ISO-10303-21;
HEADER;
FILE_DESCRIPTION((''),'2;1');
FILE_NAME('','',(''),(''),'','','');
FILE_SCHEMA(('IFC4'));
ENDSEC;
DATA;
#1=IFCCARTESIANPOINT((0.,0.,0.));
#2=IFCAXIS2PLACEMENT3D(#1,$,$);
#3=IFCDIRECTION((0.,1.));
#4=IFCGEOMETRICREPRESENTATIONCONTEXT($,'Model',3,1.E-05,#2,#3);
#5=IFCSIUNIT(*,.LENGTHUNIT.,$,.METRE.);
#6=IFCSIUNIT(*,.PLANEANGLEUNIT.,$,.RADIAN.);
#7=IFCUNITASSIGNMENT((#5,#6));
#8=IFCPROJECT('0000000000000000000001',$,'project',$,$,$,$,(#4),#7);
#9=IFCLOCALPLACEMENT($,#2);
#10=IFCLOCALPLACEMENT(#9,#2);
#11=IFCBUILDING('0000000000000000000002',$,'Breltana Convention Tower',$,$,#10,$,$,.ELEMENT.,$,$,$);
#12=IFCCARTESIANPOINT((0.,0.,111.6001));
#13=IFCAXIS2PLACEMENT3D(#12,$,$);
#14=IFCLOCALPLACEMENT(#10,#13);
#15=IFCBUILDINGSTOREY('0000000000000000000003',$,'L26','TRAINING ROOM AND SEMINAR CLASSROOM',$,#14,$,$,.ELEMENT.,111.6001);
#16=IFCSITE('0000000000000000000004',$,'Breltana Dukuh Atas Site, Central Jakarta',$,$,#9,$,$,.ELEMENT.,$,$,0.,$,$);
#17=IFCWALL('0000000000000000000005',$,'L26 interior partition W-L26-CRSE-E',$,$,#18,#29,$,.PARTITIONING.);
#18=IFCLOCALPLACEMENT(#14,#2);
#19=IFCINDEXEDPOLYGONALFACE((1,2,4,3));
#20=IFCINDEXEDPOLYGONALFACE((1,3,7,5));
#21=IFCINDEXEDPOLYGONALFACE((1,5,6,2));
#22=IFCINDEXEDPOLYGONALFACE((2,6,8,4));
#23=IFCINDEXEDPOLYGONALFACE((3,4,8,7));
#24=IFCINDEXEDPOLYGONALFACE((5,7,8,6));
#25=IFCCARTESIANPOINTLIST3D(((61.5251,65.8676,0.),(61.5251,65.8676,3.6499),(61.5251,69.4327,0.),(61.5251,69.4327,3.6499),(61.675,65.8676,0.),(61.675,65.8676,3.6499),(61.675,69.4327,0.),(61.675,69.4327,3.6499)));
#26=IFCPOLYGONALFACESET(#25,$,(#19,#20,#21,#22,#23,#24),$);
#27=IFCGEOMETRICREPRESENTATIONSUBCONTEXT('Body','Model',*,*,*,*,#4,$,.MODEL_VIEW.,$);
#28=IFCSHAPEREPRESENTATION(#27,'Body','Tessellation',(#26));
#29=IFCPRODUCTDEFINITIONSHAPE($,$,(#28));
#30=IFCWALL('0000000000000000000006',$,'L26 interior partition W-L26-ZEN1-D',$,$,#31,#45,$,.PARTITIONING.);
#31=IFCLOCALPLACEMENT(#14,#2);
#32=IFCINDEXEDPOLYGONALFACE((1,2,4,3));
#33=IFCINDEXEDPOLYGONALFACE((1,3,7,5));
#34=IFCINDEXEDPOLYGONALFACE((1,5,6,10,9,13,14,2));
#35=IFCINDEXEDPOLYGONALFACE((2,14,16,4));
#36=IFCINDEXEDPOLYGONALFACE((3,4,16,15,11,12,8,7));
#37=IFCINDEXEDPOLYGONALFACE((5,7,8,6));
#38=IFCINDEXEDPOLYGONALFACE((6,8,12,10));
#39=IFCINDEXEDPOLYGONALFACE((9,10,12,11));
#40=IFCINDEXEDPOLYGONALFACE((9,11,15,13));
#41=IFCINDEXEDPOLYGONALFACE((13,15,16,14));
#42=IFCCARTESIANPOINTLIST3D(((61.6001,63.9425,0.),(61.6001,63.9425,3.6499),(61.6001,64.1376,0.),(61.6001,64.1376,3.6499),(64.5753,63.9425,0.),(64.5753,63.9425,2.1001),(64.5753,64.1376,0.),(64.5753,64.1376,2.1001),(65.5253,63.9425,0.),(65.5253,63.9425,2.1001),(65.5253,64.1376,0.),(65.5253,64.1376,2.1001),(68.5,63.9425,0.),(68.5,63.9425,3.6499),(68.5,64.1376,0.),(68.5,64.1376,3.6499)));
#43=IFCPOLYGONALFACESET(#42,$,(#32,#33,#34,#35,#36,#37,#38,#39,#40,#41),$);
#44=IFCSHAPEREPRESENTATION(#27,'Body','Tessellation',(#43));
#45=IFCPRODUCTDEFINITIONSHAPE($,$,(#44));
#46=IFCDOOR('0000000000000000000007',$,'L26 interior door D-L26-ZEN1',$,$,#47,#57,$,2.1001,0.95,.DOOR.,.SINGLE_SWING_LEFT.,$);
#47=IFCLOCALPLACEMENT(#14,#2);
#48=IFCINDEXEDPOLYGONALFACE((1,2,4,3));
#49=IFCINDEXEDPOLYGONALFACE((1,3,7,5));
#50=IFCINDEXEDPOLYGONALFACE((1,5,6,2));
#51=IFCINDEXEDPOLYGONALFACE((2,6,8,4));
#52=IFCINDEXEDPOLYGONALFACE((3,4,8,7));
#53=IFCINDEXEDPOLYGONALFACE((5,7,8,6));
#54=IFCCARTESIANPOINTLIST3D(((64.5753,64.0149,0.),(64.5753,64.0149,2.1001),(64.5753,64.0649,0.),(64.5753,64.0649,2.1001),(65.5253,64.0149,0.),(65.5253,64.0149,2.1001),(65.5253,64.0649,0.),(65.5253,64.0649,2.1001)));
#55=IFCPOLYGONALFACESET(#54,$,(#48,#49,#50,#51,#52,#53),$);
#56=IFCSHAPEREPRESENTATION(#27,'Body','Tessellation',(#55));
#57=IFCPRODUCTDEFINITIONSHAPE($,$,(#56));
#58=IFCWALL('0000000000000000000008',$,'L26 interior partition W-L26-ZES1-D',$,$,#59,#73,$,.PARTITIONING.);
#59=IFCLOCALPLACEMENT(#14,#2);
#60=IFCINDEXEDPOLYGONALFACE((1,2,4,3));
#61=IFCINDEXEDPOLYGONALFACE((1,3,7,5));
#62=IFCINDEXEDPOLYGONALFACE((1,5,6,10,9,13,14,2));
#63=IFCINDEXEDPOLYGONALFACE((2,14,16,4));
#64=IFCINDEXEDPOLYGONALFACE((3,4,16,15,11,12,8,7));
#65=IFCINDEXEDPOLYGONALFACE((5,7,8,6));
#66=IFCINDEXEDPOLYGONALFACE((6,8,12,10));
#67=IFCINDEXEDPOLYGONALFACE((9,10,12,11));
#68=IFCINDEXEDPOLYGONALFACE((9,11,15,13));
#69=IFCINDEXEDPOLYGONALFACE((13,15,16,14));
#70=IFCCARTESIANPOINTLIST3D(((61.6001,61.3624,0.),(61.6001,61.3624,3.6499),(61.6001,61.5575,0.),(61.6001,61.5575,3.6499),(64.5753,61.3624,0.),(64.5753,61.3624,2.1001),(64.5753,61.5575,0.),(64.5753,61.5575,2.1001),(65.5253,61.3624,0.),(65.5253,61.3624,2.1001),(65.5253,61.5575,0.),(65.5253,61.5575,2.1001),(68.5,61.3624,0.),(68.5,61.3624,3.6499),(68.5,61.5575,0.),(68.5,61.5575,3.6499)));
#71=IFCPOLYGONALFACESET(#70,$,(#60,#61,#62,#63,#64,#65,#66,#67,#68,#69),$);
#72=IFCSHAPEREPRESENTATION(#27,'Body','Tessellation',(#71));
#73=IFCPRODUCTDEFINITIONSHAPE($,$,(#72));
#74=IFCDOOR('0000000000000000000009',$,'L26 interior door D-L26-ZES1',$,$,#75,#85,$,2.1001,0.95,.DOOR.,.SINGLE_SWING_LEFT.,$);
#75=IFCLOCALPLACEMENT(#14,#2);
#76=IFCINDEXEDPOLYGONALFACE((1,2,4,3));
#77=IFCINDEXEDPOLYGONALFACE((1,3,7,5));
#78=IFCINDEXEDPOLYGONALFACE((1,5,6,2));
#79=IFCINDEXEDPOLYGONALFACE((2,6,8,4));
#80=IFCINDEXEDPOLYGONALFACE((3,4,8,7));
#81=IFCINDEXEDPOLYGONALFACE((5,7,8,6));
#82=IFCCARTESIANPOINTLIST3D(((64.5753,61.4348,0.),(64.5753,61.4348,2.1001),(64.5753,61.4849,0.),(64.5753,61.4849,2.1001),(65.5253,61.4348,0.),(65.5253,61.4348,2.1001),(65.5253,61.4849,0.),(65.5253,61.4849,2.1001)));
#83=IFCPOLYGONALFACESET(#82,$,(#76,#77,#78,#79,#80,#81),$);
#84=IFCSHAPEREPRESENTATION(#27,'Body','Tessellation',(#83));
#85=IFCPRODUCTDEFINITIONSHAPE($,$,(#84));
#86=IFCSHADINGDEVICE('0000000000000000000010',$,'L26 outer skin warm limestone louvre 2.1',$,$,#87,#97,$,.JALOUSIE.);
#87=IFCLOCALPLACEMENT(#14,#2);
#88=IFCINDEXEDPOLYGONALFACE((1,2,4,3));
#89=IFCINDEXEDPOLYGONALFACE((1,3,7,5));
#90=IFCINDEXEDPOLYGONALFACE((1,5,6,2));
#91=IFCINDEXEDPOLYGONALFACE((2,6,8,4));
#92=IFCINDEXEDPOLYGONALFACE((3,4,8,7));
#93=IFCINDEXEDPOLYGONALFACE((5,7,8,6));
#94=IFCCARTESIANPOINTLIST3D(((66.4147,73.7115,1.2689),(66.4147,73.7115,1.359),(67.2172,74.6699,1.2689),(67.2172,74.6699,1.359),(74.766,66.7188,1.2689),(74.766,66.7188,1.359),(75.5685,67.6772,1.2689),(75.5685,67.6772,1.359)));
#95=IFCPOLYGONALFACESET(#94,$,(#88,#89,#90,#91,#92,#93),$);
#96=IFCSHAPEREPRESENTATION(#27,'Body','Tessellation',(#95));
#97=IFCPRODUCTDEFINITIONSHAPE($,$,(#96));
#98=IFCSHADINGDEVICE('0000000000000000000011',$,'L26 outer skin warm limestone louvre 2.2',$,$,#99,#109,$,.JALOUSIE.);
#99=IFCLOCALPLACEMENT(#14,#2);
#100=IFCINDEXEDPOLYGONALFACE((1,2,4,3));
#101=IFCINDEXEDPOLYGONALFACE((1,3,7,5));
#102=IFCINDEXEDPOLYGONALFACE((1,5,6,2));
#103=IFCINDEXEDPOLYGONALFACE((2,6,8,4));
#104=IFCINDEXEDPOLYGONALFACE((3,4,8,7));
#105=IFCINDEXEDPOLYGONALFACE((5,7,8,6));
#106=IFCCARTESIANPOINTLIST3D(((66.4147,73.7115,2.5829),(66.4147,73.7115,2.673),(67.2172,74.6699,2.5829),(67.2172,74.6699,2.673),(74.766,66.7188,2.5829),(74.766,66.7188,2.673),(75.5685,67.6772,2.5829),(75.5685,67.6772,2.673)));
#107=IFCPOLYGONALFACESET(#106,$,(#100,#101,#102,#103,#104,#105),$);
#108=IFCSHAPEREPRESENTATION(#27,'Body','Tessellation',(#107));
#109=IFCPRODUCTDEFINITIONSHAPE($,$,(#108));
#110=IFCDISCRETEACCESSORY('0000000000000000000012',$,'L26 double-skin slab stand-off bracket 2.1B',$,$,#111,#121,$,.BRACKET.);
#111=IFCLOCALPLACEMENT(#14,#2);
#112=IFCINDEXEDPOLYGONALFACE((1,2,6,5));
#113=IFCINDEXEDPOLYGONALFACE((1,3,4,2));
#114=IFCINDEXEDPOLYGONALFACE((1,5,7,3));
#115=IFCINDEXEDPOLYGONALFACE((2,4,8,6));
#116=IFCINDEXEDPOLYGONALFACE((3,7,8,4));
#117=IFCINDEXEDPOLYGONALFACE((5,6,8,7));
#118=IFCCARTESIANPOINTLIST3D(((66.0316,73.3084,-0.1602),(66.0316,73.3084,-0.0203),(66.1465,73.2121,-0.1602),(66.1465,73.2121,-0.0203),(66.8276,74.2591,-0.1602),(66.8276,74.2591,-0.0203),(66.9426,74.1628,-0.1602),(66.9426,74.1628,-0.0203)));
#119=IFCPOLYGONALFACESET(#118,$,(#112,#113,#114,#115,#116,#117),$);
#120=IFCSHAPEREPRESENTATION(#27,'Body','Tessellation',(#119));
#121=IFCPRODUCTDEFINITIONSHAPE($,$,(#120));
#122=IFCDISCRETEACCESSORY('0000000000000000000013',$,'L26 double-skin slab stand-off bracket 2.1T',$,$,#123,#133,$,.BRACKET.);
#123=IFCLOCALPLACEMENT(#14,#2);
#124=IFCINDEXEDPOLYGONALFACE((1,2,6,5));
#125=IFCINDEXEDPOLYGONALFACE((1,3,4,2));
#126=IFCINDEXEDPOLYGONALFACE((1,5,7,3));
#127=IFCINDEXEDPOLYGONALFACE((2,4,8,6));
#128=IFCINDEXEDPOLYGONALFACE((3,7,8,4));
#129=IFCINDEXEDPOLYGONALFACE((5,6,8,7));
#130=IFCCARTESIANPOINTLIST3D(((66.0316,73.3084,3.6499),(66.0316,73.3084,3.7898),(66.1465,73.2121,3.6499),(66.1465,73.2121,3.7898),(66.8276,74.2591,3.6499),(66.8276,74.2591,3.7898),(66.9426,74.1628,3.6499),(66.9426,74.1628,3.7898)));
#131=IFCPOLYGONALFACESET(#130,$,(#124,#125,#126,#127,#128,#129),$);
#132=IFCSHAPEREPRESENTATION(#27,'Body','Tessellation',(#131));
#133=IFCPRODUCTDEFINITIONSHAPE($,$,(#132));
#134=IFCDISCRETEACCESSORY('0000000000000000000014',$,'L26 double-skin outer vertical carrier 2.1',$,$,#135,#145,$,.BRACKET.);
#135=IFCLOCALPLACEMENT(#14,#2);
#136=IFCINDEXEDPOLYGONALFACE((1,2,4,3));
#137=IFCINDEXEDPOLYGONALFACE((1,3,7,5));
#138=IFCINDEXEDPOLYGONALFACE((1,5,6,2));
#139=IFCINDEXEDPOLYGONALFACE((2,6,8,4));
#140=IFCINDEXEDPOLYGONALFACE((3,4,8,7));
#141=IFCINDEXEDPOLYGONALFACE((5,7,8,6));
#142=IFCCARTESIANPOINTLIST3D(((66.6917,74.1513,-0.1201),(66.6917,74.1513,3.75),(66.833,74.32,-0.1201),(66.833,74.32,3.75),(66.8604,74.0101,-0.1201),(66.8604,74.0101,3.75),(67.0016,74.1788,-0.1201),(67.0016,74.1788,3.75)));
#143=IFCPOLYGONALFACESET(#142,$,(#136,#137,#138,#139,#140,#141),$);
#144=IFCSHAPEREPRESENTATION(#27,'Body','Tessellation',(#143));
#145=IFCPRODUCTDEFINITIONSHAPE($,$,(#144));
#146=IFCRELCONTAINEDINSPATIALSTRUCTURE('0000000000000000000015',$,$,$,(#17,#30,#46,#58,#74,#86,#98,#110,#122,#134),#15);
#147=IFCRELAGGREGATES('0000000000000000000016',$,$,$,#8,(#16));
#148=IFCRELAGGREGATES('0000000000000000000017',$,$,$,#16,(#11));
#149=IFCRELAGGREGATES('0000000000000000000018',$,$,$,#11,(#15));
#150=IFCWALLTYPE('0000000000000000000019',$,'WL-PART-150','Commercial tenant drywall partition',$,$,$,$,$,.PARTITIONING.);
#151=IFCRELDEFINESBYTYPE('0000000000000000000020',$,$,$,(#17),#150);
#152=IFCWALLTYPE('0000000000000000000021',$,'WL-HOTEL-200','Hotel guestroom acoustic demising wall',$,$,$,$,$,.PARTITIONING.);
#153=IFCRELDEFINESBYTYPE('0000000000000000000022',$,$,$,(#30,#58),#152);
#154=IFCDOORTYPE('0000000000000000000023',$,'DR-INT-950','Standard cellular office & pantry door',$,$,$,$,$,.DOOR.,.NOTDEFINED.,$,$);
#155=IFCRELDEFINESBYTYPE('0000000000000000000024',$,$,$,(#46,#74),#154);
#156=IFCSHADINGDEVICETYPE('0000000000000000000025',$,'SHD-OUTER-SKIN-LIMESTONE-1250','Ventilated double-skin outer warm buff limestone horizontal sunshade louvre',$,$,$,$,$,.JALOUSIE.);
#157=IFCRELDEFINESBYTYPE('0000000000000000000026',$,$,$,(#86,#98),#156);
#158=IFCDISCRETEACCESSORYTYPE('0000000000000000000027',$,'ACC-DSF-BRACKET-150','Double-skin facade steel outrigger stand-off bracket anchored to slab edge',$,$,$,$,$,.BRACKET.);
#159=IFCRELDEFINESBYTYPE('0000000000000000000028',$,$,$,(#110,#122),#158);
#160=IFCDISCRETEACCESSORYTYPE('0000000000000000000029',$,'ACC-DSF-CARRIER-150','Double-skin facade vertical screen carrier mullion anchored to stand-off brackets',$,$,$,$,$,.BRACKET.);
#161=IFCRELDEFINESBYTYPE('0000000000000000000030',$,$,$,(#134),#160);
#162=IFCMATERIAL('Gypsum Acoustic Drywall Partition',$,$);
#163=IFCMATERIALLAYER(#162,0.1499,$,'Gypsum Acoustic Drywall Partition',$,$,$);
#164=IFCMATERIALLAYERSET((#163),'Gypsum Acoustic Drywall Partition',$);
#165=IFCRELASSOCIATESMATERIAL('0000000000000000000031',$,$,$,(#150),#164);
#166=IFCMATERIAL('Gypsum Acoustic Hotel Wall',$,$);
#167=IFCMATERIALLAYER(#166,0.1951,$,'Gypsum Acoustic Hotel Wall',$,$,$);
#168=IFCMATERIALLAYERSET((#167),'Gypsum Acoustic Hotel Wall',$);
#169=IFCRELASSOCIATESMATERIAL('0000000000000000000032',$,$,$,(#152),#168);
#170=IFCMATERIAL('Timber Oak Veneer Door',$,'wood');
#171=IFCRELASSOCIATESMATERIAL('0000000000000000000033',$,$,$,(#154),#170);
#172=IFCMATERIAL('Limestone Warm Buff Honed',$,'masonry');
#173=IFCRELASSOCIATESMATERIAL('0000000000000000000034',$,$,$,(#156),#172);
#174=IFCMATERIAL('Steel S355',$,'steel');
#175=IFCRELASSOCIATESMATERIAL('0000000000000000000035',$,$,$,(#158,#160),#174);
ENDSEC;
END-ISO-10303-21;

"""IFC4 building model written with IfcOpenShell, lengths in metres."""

from ifc_helpers import new_model, si_unit, direction, frame, frame_2d, origin, origin_2d, place, context, subcontext, project, spatial, rectangle, extrude, source, transform, mapped, material, layer, layer_set, material_profile, profile_set, type_object, type_shapes, element, fill, save


model = new_model("IFC4")

# Units and contexts
model_context = context("Model", 3, precision=1e-05, world=origin(), true_north=direction((0.0, 1.0)))
body_context = subcontext(model_context, "Body", "Model", "MODEL_VIEW")
ifc_project = project(units=[si_unit("LENGTHUNIT", "METRE"), si_unit("PLANEANGLEUNIT", "RADIAN")], contexts=[model_context])

# Site, building, storey
site_placement = place(None, origin())
site = spatial("IfcSite", under=ifc_project, at=site_placement, Name="Breltana Dukuh Atas Site, Central Jakarta", CompositionType="ELEMENT", RefElevation=0.0)
building_placement = place(site_placement, origin())
building = spatial("IfcBuilding", under=site, at=building_placement, Name="Breltana Convention Tower", CompositionType="ELEMENT")
storey_placement = place(building_placement, frame((0.0, 0.0, 111.6001)))
storey = spatial("IfcBuildingStorey", under=building, at=storey_placement, Name="L26", Description="TRAINING ROOM AND SEMINAR CLASSROOM", CompositionType="ELEMENT", Elevation=111.6001)

# Wall
ifc_material_1 = material(Name="Gypsum Acoustic Drywall Partition")
ifc_layer_1 = layer(ifc_material_1, 0.1499, Name="Gypsum Acoustic Drywall Partition")
ifc_layer_set_1 = layer_set([ifc_layer_1], Name="Gypsum Acoustic Drywall Partition")
wall_type_1 = type_object("IfcWallType", Name="WL-PART-150", Description="Commercial tenant drywall partition", PredefinedType="PARTITIONING", material=ifc_layer_set_1)
shared_shape_1 = source(origin(), body_context, "Body", "SweptSolid", [
    extrude(rectangle(XDim=3.5652, YDim=0.1499, at=frame_2d((1.7827, 0.0))), origin(), (0.0, 0.0, 1.0), 3.6499),
])
wall_1_placement = place(storey_placement, frame((61.6001, 65.8674, 0.0), z_axis=(0.0, 0.0, 1.0), x_axis=(0.0, 1.0, 0.0)))
element("IfcWall", 1, at=wall_1_placement, inside=storey, type_object=wall_type_1, Name="L26 interior partition W-L26-CRSE-E", PredefinedType="PARTITIONING", context=body_context, shape_type="MappedRepresentation", body=[
    mapped(shared_shape_1, transform((0.0, 0.0, 0.0), scale=1.0)),
])

# Walls, openings, doors
ifc_material_2 = material(Name="Gypsum Acoustic Hotel Wall")
ifc_layer_2 = layer(ifc_material_2, 0.1951, Name="Gypsum Acoustic Hotel Wall")
ifc_layer_set_2 = layer_set([ifc_layer_2], Name="Gypsum Acoustic Hotel Wall")
wall_type_2 = type_object("IfcWallType", Name="WL-HOTEL-200", Description="Hotel guestroom acoustic demising wall", PredefinedType="PARTITIONING", material=ifc_layer_set_2)
shared_shape_2 = source(origin(), body_context, "Body", "SweptSolid", [
    extrude(rectangle(XDim=6.8999, YDim=0.1951, at=frame_2d((3.45, 0.0))), origin(), (0.0, 0.0, 1.0), 3.6499),
])
wall_2_placement = place(storey_placement, frame((61.6001, 64.04, 0.0), z_axis=(0.0, 0.0, 1.0), x_axis=(1.0, 0.0, 0.0)))
wall_2 = element("IfcWall", 2, at=wall_2_placement, inside=storey, type_object=wall_type_2, Name="L26 interior partition W-L26-ZEN1-D", PredefinedType="PARTITIONING", context=body_context, shape_type="MappedRepresentation", body=[
    mapped(shared_shape_2, transform((0.0, 0.0, 0.0), scale=1.0)),
])
opening_1_placement = place(wall_2_placement, frame((2.9751, 0.0, 0.0)))
opening_1 = element("IfcOpeningElement", 3, at=opening_1_placement, cuts=wall_2, PredefinedType="OPENING", context=body_context, shape_type="SweptSolid", body=[
    extrude(rectangle(XDim=0.95, YDim=2.1001, at=frame_2d((0.4751, 1.05))), frame((0.0, 0.1074, 0.0), z_axis=(0.0, -1.0, 0.0), x_axis=(1.0, 0.0, 0.0)), (0.0, 0.0, 1.0), 0.2151),
])
ifc_material_3 = material(Name="Timber Oak Veneer Door", Category="wood")
door_type = type_object("IfcDoorType", Name="DR-INT-950", Description="Standard cellular office & pantry door", OperationType="NOTDEFINED", PredefinedType="DOOR", material=ifc_material_3)
shared_shape_3 = source(origin(), body_context, "Body", "SweptSolid", [
    extrude(rectangle(XDim=0.95, YDim=2.1001, at=frame_2d((0.4751, 1.05))), frame((0.0, 0.0249, 0.0), z_axis=(0.0, -1.0, 0.0), x_axis=(1.0, 0.0, 0.0)), (0.0, 0.0, 1.0), 0.05),
])
type_shapes(door_type, [shared_shape_3])
door_1_placement = place(opening_1_placement, origin())
door_1 = element("IfcDoor", 4, at=door_1_placement, inside=storey, type_object=door_type, Name="L26 interior door D-L26-ZEN1", OperationType="SINGLE_SWING_LEFT", OverallHeight=2.1001, OverallWidth=0.95, PredefinedType="DOOR", context=body_context, shape_type="MappedRepresentation", body=[
    mapped(shared_shape_3, transform((0.0, 0.0, 0.0), scale=1.0)),
])
fill(opening_1, door_1)
wall_3_placement = place(storey_placement, frame((61.6001, 61.46, 0.0), z_axis=(0.0, 0.0, 1.0), x_axis=(1.0, 0.0, 0.0)))
wall_3 = element("IfcWall", 5, at=wall_3_placement, inside=storey, type_object=wall_type_2, Name="L26 interior partition W-L26-ZES1-D", PredefinedType="PARTITIONING", context=body_context, shape_type="MappedRepresentation", body=[
    mapped(shared_shape_2, transform((0.0, 0.0, 0.0), scale=1.0)),
])
opening_2_placement = place(wall_3_placement, frame((2.9751, 0.0, 0.0)))
opening_2 = element("IfcOpeningElement", 6, at=opening_2_placement, cuts=wall_3, PredefinedType="OPENING", context=body_context, shape_type="SweptSolid", body=[
    extrude(rectangle(XDim=0.95, YDim=2.1001, at=frame_2d((0.4751, 1.05))), frame((0.0, 0.1074, 0.0), z_axis=(0.0, -1.0, 0.0), x_axis=(1.0, 0.0, 0.0)), (0.0, 0.0, 1.0), 0.2151),
])
door_2_placement = place(opening_2_placement, origin())
door_2 = element("IfcDoor", 7, at=door_2_placement, inside=storey, type_object=door_type, Name="L26 interior door D-L26-ZES1", OperationType="SINGLE_SWING_LEFT", OverallHeight=2.1001, OverallWidth=0.95, PredefinedType="DOOR", context=body_context, shape_type="MappedRepresentation", body=[
    mapped(shared_shape_3, transform((0.0, 0.0, 0.0), scale=1.0)),
])
fill(opening_2, door_2)

# Shading devices
ifc_material_4 = material(Name="Limestone Warm Buff Honed", Category="masonry")
ifc_material_profile_1 = material_profile(ifc_material_4, rectangle(XDim=1.25, YDim=0.0901, at=origin_2d()), Name="STN-LVR-1250X90")
ifc_profile_set_1 = profile_set([ifc_material_profile_1], Name="Limestone Warm Buff Honed")
shading_device_type = type_object("IfcShadingDeviceType", Name="SHD-OUTER-SKIN-LIMESTONE-1250", Description="Ventilated double-skin outer warm buff limestone horizontal sunshade louvre", PredefinedType="JALOUSIE", material=ifc_profile_set_1)
shared_shape_4 = source(origin(), body_context, "Body", "SweptSolid", [
    extrude(rectangle(XDim=1.25, YDim=0.0901, at=origin_2d()), origin(), (0.0, 0.0, 1.0), 10.8923),
])
for number, where, z_axis, x_axis, name in (
    (8, (66.8159, 74.1907, 1.314), (0.766718, -0.641984, 0.0), (0.641984, 0.766718, 0.0), "L26 outer skin warm limestone louvre 2.1"),
    (9, (66.8159, 74.1907, 2.6279), (0.766718, -0.641984, 0.0), (0.641984, 0.766718, 0.0), "L26 outer skin warm limestone louvre 2.2"),
):
    element("IfcShadingDevice", number, at=place(storey_placement, frame(where, z_axis=z_axis, x_axis=x_axis)), inside=storey, type_object=shading_device_type, Name=name, PredefinedType="JALOUSIE", context=body_context, shape_type="MappedRepresentation", body=[
        mapped(shared_shape_4, transform((0.0, 0.0, 0.0), scale=1.0)),
    ])

# Discrete accessories
ifc_material_5 = material(Name="Steel S355", Category="steel")
discrete_accessory_type_1 = type_object("IfcDiscreteAccessoryType", Name="ACC-DSF-BRACKET-150", Description="Double-skin facade steel outrigger stand-off bracket anchored to slab edge", PredefinedType="BRACKET", material=ifc_material_5)
shared_shape_5 = source(origin(), body_context, "Body", "SweptSolid", [
    extrude(rectangle(XDim=1.24, YDim=0.1499, at=origin_2d()), origin(), (0.0, 0.0, 1.0), 0.1399),
])
type_shapes(discrete_accessory_type_1, [shared_shape_5])
for number, where, z_axis, x_axis, name in (
    (10, (66.4871, 73.7356, -0.1602), (0.0, 0.0, 1.0), (0.641987, 0.766715, 0.0), "L26 double-skin slab stand-off bracket 2.1B"),
    (11, (66.4871, 73.7356, 3.6499), (0.0, 0.0, 1.0), (0.641987, 0.766715, 0.0), "L26 double-skin slab stand-off bracket 2.1T"),
):
    element("IfcDiscreteAccessory", number, at=place(storey_placement, frame(where, z_axis=z_axis, x_axis=x_axis)), inside=storey, type_object=discrete_accessory_type_1, Name=name, PredefinedType="BRACKET", context=body_context, shape_type="MappedRepresentation", body=[
        mapped(shared_shape_5, transform((0.0, 0.0, 0.0), scale=1.0)),
    ])
discrete_accessory_type_2 = type_object("IfcDiscreteAccessoryType", Name="ACC-DSF-CARRIER-150", Description="Double-skin facade vertical screen carrier mullion anchored to stand-off brackets", PredefinedType="BRACKET", material=ifc_material_5)
shared_shape_6 = source(origin(), body_context, "Body", "SweptSolid", [
    extrude(rectangle(XDim=0.22, YDim=0.22, at=origin_2d()), origin(), (0.0, 0.0, 1.0), 3.8701),
])
discrete_accessory_placement = place(storey_placement, frame((66.8467, 74.165, -0.1201), z_axis=(0.0, 0.0, 1.0), x_axis=(0.641987, 0.766715, 0.0)))
element("IfcDiscreteAccessory", 12, at=discrete_accessory_placement, inside=storey, type_object=discrete_accessory_type_2, Name="L26 double-skin outer vertical carrier 2.1", PredefinedType="BRACKET", context=body_context, shape_type="MappedRepresentation", body=[
    mapped(shared_shape_6, transform((0.0, 0.0, 0.0), scale=1.0)),
])

save(model, "model.ifc")
